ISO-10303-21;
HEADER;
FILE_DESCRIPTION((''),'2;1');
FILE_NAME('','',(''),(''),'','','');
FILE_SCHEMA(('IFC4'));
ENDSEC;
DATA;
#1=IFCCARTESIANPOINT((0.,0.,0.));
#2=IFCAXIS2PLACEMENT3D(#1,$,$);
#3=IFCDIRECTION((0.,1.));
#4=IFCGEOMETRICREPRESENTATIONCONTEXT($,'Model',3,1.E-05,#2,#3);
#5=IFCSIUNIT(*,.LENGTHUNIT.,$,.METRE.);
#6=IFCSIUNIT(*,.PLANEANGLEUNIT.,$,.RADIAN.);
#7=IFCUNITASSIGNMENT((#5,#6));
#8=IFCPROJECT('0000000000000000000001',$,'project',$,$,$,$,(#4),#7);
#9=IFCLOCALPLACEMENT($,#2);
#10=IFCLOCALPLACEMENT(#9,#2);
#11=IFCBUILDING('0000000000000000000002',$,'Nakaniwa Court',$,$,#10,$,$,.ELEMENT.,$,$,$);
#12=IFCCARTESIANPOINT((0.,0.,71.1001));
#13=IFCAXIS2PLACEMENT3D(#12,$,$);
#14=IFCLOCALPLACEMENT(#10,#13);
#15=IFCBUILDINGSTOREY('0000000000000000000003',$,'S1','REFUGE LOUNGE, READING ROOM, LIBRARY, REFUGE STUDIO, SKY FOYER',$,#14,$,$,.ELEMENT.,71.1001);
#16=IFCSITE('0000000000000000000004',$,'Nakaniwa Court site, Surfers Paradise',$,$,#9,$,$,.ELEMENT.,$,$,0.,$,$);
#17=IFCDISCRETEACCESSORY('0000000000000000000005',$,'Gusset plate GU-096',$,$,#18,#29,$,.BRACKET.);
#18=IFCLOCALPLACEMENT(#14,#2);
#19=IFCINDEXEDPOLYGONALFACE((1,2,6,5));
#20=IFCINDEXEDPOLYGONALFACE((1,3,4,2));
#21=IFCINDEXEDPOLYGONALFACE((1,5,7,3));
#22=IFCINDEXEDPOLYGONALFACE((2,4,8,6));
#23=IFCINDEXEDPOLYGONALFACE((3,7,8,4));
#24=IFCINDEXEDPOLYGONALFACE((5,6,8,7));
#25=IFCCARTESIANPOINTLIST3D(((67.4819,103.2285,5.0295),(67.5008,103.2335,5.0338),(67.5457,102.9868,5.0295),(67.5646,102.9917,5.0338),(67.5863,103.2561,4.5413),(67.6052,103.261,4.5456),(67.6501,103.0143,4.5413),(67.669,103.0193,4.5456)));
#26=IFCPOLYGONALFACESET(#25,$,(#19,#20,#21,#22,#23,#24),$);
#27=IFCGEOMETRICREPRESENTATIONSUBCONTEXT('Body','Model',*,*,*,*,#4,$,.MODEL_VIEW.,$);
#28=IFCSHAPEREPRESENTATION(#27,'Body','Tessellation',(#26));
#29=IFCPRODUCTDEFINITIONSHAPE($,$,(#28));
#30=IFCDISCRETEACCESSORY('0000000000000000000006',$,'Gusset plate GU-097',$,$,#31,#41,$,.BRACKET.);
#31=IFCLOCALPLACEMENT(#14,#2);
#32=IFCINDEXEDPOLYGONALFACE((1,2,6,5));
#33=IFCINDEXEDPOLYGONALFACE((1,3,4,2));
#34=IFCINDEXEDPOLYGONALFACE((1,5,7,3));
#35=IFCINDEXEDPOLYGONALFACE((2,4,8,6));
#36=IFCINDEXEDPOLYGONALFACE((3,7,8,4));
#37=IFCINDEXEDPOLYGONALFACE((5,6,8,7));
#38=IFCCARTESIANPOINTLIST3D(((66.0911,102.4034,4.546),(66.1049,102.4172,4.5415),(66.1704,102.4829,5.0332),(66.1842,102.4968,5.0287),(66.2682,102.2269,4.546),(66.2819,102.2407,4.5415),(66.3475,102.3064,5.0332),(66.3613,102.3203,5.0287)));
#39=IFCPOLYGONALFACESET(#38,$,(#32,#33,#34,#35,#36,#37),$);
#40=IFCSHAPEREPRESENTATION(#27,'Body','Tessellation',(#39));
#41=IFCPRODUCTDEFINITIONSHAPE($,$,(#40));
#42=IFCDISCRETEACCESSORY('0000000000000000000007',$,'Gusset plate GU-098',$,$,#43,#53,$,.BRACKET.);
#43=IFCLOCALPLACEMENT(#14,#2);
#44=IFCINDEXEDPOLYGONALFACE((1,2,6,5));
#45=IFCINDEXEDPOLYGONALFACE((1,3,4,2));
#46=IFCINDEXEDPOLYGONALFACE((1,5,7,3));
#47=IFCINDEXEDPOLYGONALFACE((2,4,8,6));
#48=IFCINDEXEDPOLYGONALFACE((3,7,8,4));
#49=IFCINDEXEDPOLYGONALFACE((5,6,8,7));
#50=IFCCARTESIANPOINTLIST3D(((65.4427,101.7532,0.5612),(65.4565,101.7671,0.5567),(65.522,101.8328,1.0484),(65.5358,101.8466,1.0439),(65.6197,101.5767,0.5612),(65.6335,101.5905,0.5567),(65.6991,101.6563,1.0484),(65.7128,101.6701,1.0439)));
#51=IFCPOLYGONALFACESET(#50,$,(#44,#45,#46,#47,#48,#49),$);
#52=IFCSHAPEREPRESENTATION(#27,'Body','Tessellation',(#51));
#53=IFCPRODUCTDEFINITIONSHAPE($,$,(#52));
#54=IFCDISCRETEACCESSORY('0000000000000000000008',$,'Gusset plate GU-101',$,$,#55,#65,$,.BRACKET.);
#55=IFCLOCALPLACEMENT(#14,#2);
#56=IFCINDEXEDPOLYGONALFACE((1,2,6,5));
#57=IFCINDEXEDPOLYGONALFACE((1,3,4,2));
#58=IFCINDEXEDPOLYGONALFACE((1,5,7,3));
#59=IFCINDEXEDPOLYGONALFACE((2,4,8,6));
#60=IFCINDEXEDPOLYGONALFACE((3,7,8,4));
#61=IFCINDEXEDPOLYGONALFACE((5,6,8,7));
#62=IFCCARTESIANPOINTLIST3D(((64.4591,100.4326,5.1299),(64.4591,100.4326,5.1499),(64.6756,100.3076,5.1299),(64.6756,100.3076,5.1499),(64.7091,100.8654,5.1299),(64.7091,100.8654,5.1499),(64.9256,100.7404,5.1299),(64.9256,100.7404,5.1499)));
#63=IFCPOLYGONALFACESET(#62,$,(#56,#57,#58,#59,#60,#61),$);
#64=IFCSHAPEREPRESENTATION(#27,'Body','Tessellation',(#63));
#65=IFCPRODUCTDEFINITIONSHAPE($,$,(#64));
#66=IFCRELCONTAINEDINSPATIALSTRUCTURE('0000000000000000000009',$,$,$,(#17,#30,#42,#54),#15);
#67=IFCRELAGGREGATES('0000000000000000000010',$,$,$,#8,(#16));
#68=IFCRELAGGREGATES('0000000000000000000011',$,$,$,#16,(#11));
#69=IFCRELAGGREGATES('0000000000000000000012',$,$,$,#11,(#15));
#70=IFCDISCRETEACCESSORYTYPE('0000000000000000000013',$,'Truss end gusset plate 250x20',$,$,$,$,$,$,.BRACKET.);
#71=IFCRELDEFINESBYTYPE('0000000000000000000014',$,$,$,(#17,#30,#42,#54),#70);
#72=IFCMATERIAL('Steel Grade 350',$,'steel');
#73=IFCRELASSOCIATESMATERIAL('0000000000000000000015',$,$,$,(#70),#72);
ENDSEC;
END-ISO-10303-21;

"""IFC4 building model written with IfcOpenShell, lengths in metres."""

from ifc_helpers import new_model, si_unit, direction, frame, origin, origin_2d, place, context, subcontext, project, spatial, rectangle, extrude, material, material_profile, profile_set, type_object, element, save


model = new_model("IFC4")

# Units and contexts
model_context = context("Model", 3, precision=1e-05, world=origin(), true_north=direction((0.0, 1.0)))
body_context = subcontext(model_context, "Body", "Model", "MODEL_VIEW")
ifc_project = project(units=[si_unit("LENGTHUNIT", "METRE"), si_unit("PLANEANGLEUNIT", "RADIAN")], contexts=[model_context])

# Site, building, storey
site_placement = place(None, origin())
site = spatial("IfcSite", under=ifc_project, at=site_placement, Name="Nakaniwa Court site, Surfers Paradise", CompositionType="ELEMENT", RefElevation=0.0)
building_placement = place(site_placement, origin())
building = spatial("IfcBuilding", under=site, at=building_placement, Name="Nakaniwa Court", CompositionType="ELEMENT")
storey_placement = place(building_placement, frame((0.0, 0.0, 71.1001)))
storey = spatial("IfcBuildingStorey", under=building, at=storey_placement, Name="S1", Description="REFUGE LOUNGE, READING ROOM, LIBRARY, REFUGE STUDIO, SKY FOYER", CompositionType="ELEMENT", Elevation=71.1001)

# Shared definitions
ifc_material_1 = material(Name="Steel Grade 350", Category="steel")

# Discrete accessories
ifc_material_profile_1 = material_profile(ifc_material_1, rectangle(XDim=0.25, YDim=0.02, at=origin_2d()), Name="Truss end gusset plate 250x20")
ifc_profile_set_1 = profile_set([ifc_material_profile_1], Name="Steel Grade 350")
discrete_accessory_type = type_object("IfcDiscreteAccessoryType", Name="Truss end gusset plate 250x20", PredefinedType="BRACKET", material=ifc_profile_set_1)
for number, where, z_axis, x_axis, name in (
    (1, (67.6277, 103.1377, 4.5435), (-0.208943, -0.055165, 0.976371), (0.255272, -0.966869, 0.0), "Gusset plate GU-096"),
    (2, (66.1865, 102.322, 4.5437), (0.158661, 0.159149, 0.974422), (-0.708192, 0.70602, 0.0), "Gusset plate GU-097"),
    (3, (65.6174, 101.7515, 1.0461), (-0.158661, -0.159149, -0.974422), (0.708192, -0.70602, 0.0), "Gusset plate GU-098"),
):
    element("IfcDiscreteAccessory", number, at=place(storey_placement, frame(where, z_axis=z_axis, x_axis=x_axis)), inside=storey, type_object=discrete_accessory_type, Name=name, PredefinedType="BRACKET", context=body_context, shape_type="SweptSolid", body=[
        extrude(rectangle(XDim=0.25, YDim=0.02, at=origin_2d()), origin(), (0.0, 0.0, 1.0), 0.5),
    ])
discrete_accessory_placement = place(storey_placement, frame((64.5674, 100.3701, 5.1399), z_axis=(0.500131, 0.86595, 0.0), x_axis=(-0.86595, 0.500131, 0.0)))
element("IfcDiscreteAccessory", 4, at=discrete_accessory_placement, inside=storey, type_object=discrete_accessory_type, Name="Gusset plate GU-101", PredefinedType="BRACKET", context=body_context, shape_type="SweptSolid", body=[
    extrude(rectangle(XDim=0.25, YDim=0.02, at=origin_2d()), origin(), (0.0, 0.0, 1.0), 0.4998),
])

save(model, "model.ifc")
